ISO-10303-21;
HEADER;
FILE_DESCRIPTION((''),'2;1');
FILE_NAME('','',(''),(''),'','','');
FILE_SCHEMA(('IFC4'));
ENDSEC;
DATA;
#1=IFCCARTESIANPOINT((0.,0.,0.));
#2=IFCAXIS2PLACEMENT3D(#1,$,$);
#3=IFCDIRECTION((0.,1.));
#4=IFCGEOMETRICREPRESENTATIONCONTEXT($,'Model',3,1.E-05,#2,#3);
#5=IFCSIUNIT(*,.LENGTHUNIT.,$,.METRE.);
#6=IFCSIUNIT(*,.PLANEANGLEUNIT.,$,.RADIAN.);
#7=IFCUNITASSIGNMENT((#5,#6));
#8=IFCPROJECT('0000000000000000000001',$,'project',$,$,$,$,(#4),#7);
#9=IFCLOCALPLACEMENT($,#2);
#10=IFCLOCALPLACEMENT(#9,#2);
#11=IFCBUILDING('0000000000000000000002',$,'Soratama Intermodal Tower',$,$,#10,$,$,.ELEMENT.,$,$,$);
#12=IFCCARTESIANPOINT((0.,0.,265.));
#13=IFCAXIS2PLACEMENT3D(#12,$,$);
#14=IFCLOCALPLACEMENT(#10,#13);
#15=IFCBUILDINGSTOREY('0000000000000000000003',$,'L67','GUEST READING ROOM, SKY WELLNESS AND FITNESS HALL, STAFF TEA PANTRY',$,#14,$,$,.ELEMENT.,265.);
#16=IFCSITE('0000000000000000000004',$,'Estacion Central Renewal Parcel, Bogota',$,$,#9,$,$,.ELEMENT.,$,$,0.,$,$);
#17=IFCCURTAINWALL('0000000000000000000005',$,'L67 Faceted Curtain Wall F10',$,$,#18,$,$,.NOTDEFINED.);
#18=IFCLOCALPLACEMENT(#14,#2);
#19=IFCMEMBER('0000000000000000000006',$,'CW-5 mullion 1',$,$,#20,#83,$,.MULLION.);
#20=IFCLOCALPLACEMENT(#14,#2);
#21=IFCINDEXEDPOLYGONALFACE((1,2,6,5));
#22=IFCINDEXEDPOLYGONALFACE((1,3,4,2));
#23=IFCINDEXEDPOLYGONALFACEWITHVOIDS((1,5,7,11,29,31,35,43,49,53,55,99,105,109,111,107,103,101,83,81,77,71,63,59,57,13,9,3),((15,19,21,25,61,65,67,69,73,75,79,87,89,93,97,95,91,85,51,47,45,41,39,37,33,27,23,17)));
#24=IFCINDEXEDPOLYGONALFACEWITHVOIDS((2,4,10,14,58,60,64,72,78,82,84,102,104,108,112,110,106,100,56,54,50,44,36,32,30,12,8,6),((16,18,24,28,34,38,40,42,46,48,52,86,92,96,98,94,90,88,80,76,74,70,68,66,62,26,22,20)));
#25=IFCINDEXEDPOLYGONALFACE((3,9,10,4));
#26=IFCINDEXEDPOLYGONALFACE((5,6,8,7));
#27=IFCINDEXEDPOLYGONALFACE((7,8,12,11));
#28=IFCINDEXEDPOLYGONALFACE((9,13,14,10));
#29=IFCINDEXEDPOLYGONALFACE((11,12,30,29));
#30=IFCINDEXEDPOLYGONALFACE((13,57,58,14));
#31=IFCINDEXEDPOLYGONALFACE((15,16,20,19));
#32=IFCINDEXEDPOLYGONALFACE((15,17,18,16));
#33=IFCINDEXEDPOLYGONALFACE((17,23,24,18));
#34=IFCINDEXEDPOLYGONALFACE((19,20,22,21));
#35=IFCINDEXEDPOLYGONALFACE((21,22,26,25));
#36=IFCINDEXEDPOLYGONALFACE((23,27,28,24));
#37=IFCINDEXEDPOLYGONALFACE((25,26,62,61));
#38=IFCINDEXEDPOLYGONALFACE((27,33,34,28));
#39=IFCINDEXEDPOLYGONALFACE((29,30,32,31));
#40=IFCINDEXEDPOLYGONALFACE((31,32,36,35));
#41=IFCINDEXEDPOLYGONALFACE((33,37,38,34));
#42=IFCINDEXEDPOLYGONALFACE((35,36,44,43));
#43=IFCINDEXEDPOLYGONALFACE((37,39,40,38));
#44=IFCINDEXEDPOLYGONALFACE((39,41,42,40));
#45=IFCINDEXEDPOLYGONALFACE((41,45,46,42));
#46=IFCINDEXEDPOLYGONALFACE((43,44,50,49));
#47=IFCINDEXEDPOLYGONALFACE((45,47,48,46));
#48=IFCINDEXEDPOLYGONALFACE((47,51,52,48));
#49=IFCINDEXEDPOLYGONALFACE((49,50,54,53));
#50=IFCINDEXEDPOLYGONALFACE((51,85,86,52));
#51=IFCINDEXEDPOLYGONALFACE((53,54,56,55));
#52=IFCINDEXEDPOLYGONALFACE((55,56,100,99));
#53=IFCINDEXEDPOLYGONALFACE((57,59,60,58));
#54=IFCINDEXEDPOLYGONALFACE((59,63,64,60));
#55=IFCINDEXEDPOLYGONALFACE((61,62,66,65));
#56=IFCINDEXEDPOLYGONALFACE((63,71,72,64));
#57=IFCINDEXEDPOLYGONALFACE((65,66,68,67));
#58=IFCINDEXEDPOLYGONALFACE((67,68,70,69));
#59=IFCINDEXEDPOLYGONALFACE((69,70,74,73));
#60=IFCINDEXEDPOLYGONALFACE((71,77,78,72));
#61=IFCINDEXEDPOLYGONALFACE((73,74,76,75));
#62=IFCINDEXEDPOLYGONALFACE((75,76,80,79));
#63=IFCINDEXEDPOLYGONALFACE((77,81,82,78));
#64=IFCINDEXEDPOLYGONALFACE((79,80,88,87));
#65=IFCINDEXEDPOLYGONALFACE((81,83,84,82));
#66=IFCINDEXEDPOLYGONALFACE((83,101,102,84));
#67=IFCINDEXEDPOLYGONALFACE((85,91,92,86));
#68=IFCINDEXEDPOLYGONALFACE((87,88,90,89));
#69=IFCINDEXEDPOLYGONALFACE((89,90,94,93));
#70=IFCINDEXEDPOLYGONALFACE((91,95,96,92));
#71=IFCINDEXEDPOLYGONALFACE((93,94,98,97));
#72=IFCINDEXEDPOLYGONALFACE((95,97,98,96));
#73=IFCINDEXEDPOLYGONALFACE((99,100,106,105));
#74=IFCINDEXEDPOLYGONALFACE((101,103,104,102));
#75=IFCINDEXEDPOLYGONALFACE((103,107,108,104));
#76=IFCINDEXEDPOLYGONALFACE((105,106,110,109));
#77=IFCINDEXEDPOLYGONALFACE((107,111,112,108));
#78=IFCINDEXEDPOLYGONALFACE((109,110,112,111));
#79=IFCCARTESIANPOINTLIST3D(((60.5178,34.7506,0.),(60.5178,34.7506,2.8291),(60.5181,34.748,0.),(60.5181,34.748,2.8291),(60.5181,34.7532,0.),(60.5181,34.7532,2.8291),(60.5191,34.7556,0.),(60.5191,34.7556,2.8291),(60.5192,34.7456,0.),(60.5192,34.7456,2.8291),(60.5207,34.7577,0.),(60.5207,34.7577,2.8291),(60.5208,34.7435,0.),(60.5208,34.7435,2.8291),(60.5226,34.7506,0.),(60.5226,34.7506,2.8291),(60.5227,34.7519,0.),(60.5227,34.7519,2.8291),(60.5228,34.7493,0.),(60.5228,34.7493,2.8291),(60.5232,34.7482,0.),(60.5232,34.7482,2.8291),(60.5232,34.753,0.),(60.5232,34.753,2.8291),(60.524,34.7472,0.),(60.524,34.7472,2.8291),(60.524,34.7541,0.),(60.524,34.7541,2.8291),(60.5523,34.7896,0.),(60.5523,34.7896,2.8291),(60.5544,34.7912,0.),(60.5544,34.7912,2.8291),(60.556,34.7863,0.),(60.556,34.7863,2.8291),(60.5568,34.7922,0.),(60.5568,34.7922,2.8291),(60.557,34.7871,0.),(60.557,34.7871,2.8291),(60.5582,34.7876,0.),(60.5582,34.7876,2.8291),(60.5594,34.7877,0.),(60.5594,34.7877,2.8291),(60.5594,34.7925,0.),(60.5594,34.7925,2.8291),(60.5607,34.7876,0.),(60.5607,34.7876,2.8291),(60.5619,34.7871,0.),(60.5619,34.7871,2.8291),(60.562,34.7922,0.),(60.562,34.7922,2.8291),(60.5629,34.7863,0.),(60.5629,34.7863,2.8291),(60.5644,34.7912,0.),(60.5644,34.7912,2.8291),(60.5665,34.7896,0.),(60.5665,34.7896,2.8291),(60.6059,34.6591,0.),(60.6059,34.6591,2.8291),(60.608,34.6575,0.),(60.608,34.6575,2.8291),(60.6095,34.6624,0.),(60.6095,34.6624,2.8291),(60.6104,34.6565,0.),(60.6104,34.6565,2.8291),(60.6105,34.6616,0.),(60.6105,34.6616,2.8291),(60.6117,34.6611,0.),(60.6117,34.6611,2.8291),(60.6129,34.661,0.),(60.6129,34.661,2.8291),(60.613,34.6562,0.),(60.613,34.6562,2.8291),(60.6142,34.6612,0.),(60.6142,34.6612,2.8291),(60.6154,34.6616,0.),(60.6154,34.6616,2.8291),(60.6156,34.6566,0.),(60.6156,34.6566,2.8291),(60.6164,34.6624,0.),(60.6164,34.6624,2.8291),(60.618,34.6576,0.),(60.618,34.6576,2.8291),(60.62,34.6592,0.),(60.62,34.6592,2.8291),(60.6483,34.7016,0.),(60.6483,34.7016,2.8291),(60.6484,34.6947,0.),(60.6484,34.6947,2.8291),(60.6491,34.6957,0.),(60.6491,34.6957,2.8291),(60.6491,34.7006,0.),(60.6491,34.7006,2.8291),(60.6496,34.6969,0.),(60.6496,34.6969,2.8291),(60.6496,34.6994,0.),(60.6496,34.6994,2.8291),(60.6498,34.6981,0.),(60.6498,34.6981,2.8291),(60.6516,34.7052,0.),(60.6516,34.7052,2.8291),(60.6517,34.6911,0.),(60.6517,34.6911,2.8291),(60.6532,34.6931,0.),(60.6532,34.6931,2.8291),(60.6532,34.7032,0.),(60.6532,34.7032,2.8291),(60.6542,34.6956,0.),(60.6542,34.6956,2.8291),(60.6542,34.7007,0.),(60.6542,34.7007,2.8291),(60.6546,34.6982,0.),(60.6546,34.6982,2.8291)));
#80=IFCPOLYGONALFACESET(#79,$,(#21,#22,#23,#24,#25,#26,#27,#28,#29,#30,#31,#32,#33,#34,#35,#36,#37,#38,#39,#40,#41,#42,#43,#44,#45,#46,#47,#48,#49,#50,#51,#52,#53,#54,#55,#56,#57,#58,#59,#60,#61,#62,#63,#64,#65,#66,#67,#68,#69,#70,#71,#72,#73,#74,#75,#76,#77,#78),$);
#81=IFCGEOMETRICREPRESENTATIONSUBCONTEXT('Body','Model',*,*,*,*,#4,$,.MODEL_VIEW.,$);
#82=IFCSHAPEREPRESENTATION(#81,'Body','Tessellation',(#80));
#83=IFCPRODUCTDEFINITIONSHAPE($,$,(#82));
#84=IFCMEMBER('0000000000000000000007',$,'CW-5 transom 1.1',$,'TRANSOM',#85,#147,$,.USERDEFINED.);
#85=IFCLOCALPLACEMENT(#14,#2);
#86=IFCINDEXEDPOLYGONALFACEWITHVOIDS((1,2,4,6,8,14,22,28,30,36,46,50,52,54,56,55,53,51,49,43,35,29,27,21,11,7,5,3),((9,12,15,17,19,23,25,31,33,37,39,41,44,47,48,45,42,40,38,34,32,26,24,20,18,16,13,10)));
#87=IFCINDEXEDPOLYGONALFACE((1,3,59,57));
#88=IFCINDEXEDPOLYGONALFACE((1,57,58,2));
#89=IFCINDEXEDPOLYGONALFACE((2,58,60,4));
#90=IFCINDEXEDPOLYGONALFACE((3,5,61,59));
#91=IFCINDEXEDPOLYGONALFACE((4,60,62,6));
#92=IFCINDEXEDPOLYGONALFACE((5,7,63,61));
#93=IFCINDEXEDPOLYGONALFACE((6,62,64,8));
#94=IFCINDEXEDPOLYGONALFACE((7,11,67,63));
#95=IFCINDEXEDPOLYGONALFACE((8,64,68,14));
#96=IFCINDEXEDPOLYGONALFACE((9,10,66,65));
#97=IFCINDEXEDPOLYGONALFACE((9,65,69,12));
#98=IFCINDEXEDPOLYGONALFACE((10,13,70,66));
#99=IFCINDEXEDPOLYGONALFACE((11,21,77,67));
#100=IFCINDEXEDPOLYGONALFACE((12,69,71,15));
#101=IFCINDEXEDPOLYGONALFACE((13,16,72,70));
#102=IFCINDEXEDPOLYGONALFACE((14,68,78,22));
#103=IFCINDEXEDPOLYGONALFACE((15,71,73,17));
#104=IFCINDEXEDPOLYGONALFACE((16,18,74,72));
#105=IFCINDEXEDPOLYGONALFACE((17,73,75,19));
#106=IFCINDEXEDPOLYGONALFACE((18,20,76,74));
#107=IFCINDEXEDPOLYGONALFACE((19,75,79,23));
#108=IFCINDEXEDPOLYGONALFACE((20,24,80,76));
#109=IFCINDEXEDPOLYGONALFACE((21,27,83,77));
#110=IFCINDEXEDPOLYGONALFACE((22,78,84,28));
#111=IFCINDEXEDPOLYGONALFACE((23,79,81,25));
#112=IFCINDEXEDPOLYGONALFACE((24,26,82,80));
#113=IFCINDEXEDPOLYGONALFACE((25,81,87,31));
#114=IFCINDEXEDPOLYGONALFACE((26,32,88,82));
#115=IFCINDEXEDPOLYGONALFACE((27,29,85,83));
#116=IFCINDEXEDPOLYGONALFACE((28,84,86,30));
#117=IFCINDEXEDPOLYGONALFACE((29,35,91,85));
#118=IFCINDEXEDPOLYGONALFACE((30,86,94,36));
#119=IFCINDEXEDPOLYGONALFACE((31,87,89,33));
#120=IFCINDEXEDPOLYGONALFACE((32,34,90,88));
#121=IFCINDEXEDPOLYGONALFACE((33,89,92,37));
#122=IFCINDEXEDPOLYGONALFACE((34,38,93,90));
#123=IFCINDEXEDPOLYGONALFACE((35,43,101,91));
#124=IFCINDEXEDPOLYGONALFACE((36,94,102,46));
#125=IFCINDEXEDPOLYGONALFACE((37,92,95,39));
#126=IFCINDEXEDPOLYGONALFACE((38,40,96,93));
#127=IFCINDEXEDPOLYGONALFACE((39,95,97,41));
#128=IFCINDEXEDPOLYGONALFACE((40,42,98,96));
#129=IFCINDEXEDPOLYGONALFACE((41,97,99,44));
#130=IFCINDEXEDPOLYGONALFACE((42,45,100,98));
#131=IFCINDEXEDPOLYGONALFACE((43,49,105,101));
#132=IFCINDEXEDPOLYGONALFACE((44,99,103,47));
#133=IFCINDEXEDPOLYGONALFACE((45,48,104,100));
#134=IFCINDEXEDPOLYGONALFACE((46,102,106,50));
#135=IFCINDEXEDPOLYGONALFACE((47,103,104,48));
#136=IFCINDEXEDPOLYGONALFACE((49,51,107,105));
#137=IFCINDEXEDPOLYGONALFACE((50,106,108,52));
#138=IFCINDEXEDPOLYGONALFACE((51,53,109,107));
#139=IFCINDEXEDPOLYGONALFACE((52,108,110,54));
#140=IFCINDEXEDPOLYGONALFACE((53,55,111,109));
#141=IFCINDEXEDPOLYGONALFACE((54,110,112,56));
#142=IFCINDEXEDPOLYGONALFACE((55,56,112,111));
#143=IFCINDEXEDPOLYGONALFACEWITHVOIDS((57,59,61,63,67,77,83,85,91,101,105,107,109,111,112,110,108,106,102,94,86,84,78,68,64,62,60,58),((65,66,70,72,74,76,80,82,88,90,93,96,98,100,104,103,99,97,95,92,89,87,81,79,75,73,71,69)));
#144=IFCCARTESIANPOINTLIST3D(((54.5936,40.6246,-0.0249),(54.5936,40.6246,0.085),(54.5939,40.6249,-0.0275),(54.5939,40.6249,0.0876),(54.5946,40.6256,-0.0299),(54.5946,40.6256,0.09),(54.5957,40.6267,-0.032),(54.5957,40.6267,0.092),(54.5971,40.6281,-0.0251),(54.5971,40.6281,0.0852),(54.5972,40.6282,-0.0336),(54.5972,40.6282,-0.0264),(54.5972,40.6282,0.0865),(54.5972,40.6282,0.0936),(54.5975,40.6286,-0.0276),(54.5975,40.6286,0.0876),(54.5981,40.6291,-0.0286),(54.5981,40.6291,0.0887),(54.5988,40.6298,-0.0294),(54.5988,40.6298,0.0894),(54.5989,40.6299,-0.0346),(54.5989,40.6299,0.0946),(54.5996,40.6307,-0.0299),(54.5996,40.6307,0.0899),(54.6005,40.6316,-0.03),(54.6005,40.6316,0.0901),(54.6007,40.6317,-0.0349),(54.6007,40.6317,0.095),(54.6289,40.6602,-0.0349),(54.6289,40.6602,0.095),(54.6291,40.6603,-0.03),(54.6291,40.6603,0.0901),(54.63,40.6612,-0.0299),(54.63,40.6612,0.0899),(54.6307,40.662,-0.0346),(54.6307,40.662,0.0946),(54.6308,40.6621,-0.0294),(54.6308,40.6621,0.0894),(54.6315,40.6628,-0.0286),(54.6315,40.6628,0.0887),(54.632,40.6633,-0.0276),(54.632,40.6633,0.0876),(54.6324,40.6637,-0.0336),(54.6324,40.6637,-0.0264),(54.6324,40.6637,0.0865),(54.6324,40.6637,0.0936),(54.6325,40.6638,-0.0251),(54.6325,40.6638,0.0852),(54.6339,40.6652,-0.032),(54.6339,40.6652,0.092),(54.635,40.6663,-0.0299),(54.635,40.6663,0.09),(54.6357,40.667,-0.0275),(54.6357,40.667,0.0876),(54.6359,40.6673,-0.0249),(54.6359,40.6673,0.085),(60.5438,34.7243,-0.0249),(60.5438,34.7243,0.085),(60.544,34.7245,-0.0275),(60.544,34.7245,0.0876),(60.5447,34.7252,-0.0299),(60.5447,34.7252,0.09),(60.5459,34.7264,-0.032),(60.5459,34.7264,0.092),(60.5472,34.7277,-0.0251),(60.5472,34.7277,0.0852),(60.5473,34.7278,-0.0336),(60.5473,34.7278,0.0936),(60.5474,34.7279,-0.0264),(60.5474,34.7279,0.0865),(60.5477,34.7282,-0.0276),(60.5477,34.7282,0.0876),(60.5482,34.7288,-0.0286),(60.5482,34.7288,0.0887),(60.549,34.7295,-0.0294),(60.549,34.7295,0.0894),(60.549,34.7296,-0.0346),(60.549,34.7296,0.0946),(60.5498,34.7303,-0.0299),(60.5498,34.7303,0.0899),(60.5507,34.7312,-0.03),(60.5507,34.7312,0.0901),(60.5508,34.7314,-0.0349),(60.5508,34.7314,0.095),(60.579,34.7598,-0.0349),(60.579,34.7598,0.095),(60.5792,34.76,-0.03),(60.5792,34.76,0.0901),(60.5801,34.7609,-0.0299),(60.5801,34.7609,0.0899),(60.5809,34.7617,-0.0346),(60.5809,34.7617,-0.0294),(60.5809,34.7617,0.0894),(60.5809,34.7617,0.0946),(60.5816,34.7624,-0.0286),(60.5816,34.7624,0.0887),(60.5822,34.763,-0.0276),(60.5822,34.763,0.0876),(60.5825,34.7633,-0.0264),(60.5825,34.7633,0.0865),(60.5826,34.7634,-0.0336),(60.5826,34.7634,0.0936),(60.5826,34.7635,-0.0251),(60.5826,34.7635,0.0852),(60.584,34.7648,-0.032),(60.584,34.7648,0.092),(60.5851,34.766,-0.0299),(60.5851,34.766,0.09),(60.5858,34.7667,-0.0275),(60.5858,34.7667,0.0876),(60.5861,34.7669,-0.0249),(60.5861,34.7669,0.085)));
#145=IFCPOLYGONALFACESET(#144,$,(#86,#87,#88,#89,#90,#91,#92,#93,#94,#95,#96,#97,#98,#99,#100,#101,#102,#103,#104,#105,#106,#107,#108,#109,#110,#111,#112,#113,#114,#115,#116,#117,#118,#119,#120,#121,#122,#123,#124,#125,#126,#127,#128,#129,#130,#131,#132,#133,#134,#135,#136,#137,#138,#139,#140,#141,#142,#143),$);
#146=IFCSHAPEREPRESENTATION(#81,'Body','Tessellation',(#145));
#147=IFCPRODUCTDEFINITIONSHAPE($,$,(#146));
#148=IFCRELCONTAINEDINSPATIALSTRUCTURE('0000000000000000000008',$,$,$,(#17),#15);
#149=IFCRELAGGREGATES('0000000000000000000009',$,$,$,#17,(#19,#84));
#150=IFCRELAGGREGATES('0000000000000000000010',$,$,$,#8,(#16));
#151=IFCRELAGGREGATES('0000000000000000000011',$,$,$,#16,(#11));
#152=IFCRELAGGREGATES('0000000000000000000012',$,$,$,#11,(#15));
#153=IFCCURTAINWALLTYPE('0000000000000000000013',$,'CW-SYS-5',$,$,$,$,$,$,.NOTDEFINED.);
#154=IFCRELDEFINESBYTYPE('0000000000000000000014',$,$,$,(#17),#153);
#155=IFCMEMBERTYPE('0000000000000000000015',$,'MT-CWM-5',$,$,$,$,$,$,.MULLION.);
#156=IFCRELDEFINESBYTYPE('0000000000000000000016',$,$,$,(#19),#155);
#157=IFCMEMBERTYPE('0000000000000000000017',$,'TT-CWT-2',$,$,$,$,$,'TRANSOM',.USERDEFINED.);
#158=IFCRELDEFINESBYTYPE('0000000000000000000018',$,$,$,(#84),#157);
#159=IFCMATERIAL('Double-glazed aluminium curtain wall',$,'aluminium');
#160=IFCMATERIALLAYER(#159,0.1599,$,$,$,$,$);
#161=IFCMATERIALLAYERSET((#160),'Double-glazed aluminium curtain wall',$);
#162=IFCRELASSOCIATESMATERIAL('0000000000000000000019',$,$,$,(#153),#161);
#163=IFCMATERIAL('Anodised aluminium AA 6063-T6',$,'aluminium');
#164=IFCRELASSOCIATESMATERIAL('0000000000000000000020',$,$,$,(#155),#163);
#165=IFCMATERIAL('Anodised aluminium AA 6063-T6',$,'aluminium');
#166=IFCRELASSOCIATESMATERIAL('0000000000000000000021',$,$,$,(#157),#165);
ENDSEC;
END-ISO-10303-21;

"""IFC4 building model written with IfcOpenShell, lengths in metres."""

from ifc_helpers import new_model, si_unit, direction, frame, origin, origin_2d, place, context, subcontext, project, spatial, hollow_rectangle, extrude, material, layer, layer_set, material_profile, profile_set, type_object, element, aggregate, save


model = new_model("IFC4")

# Units and contexts
model_context = context("Model", 3, precision=1e-05, world=origin(), true_north=direction((0.0, 1.0)))
body_context = subcontext(model_context, "Body", "Model", "MODEL_VIEW")
ifc_project = project(units=[si_unit("LENGTHUNIT", "METRE"), si_unit("PLANEANGLEUNIT", "RADIAN")], contexts=[model_context])

# Site, building, storey
site_placement = place(None, origin())
site = spatial("IfcSite", under=ifc_project, at=site_placement, Name="Estacion Central Renewal Parcel, Bogota", CompositionType="ELEMENT", RefElevation=0.0)
building_placement = place(site_placement, origin())
building = spatial("IfcBuilding", under=site, at=building_placement, Name="Soratama Intermodal Tower", CompositionType="ELEMENT")
storey_placement = place(building_placement, frame((0.0, 0.0, 265.0)))
storey = spatial("IfcBuildingStorey", under=building, at=storey_placement, Name="L67", Description="GUEST READING ROOM, SKY WELLNESS AND FITNESS HALL, STAFF TEA PANTRY", CompositionType="ELEMENT", Elevation=265.0)

# Curtain wall, members
ifc_material_1 = material(Name="Double-glazed aluminium curtain wall", Category="aluminium")
ifc_layer_1 = layer(ifc_material_1, 0.1599)
ifc_layer_set_1 = layer_set([ifc_layer_1], Name="Double-glazed aluminium curtain wall")
curtain_wall_type = type_object("IfcCurtainWallType", Name="CW-SYS-5", PredefinedType="NOTDEFINED", material=ifc_layer_set_1)
curtain_wall_placement = place(storey_placement, origin())
curtain_wall = element("IfcCurtainWall", 1, at=curtain_wall_placement, inside=storey, type_object=curtain_wall_type, Name="L67 Faceted Curtain Wall F10", PredefinedType="NOTDEFINED")
ifc_material_2 = material(Name="Anodised aluminium AA 6063-T6", Category="aluminium")
ifc_material_profile_1 = material_profile(ifc_material_2, hollow_rectangle(XDim=0.0649, YDim=0.1399, WallThickness=0.0049, InnerFilletRadius=0.0049, OuterFilletRadius=0.01, at=origin_2d()), Name="CWM140X65X5")
ifc_profile_set_1 = profile_set([ifc_material_profile_1], Name="Anodised aluminium AA 6063-T6")
member_type_1 = type_object("IfcMemberType", Name="MT-CWM-5", PredefinedType="MULLION", material=ifc_profile_set_1)
member_1_placement = place(storey_placement, frame((60.5862, 34.7244, 0.0), z_axis=(0.0, 0.0, 1.0), x_axis=(-0.704136, -0.710065, 0.0)))
member_1 = element("IfcMember", 2, at=member_1_placement, type_object=member_type_1, Name="CW-5 mullion 1", PredefinedType="MULLION", context=body_context, shape_type="SweptSolid", body=[
    extrude(hollow_rectangle(XDim=0.0649, YDim=0.1399, WallThickness=0.0049, InnerFilletRadius=0.0049, OuterFilletRadius=0.01, at=origin_2d()), origin(), (0.0, 0.0, 1.0), 2.8291),
])
ifc_material_3 = material(Name="Anodised aluminium AA 6063-T6", Category="aluminium")
ifc_material_profile_2 = material_profile(ifc_material_3, hollow_rectangle(XDim=0.0601, YDim=0.1299, WallThickness=0.0049, InnerFilletRadius=0.0049, OuterFilletRadius=0.01, at=origin_2d()), Name="CWT130X60X5")
ifc_profile_set_2 = profile_set([ifc_material_profile_2], Name="Anodised aluminium AA 6063-T6")
member_type_2 = type_object("IfcMemberType", Name="TT-CWT-2", ElementType="TRANSOM", PredefinedType="USERDEFINED", material=ifc_profile_set_2)
member_2_placement = place(storey_placement, frame((60.5649, 34.7456, 0.03), z_axis=(-0.710072, 0.704129, 0.0), x_axis=(-0.704129, -0.710072, 0.0)))
member_2 = element("IfcMember", 3, at=member_2_placement, type_object=member_type_2, Name="CW-5 transom 1.1", ObjectType="TRANSOM", PredefinedType="USERDEFINED", context=body_context, shape_type="SweptSolid", body=[
    extrude(hollow_rectangle(XDim=0.0601, YDim=0.1299, WallThickness=0.0049, InnerFilletRadius=0.0049, OuterFilletRadius=0.01, at=origin_2d()), origin(), (0.0, 0.0, 1.0), 8.3796),
])
aggregate(curtain_wall, [member_1, member_2])

save(model, "model.ifc")
